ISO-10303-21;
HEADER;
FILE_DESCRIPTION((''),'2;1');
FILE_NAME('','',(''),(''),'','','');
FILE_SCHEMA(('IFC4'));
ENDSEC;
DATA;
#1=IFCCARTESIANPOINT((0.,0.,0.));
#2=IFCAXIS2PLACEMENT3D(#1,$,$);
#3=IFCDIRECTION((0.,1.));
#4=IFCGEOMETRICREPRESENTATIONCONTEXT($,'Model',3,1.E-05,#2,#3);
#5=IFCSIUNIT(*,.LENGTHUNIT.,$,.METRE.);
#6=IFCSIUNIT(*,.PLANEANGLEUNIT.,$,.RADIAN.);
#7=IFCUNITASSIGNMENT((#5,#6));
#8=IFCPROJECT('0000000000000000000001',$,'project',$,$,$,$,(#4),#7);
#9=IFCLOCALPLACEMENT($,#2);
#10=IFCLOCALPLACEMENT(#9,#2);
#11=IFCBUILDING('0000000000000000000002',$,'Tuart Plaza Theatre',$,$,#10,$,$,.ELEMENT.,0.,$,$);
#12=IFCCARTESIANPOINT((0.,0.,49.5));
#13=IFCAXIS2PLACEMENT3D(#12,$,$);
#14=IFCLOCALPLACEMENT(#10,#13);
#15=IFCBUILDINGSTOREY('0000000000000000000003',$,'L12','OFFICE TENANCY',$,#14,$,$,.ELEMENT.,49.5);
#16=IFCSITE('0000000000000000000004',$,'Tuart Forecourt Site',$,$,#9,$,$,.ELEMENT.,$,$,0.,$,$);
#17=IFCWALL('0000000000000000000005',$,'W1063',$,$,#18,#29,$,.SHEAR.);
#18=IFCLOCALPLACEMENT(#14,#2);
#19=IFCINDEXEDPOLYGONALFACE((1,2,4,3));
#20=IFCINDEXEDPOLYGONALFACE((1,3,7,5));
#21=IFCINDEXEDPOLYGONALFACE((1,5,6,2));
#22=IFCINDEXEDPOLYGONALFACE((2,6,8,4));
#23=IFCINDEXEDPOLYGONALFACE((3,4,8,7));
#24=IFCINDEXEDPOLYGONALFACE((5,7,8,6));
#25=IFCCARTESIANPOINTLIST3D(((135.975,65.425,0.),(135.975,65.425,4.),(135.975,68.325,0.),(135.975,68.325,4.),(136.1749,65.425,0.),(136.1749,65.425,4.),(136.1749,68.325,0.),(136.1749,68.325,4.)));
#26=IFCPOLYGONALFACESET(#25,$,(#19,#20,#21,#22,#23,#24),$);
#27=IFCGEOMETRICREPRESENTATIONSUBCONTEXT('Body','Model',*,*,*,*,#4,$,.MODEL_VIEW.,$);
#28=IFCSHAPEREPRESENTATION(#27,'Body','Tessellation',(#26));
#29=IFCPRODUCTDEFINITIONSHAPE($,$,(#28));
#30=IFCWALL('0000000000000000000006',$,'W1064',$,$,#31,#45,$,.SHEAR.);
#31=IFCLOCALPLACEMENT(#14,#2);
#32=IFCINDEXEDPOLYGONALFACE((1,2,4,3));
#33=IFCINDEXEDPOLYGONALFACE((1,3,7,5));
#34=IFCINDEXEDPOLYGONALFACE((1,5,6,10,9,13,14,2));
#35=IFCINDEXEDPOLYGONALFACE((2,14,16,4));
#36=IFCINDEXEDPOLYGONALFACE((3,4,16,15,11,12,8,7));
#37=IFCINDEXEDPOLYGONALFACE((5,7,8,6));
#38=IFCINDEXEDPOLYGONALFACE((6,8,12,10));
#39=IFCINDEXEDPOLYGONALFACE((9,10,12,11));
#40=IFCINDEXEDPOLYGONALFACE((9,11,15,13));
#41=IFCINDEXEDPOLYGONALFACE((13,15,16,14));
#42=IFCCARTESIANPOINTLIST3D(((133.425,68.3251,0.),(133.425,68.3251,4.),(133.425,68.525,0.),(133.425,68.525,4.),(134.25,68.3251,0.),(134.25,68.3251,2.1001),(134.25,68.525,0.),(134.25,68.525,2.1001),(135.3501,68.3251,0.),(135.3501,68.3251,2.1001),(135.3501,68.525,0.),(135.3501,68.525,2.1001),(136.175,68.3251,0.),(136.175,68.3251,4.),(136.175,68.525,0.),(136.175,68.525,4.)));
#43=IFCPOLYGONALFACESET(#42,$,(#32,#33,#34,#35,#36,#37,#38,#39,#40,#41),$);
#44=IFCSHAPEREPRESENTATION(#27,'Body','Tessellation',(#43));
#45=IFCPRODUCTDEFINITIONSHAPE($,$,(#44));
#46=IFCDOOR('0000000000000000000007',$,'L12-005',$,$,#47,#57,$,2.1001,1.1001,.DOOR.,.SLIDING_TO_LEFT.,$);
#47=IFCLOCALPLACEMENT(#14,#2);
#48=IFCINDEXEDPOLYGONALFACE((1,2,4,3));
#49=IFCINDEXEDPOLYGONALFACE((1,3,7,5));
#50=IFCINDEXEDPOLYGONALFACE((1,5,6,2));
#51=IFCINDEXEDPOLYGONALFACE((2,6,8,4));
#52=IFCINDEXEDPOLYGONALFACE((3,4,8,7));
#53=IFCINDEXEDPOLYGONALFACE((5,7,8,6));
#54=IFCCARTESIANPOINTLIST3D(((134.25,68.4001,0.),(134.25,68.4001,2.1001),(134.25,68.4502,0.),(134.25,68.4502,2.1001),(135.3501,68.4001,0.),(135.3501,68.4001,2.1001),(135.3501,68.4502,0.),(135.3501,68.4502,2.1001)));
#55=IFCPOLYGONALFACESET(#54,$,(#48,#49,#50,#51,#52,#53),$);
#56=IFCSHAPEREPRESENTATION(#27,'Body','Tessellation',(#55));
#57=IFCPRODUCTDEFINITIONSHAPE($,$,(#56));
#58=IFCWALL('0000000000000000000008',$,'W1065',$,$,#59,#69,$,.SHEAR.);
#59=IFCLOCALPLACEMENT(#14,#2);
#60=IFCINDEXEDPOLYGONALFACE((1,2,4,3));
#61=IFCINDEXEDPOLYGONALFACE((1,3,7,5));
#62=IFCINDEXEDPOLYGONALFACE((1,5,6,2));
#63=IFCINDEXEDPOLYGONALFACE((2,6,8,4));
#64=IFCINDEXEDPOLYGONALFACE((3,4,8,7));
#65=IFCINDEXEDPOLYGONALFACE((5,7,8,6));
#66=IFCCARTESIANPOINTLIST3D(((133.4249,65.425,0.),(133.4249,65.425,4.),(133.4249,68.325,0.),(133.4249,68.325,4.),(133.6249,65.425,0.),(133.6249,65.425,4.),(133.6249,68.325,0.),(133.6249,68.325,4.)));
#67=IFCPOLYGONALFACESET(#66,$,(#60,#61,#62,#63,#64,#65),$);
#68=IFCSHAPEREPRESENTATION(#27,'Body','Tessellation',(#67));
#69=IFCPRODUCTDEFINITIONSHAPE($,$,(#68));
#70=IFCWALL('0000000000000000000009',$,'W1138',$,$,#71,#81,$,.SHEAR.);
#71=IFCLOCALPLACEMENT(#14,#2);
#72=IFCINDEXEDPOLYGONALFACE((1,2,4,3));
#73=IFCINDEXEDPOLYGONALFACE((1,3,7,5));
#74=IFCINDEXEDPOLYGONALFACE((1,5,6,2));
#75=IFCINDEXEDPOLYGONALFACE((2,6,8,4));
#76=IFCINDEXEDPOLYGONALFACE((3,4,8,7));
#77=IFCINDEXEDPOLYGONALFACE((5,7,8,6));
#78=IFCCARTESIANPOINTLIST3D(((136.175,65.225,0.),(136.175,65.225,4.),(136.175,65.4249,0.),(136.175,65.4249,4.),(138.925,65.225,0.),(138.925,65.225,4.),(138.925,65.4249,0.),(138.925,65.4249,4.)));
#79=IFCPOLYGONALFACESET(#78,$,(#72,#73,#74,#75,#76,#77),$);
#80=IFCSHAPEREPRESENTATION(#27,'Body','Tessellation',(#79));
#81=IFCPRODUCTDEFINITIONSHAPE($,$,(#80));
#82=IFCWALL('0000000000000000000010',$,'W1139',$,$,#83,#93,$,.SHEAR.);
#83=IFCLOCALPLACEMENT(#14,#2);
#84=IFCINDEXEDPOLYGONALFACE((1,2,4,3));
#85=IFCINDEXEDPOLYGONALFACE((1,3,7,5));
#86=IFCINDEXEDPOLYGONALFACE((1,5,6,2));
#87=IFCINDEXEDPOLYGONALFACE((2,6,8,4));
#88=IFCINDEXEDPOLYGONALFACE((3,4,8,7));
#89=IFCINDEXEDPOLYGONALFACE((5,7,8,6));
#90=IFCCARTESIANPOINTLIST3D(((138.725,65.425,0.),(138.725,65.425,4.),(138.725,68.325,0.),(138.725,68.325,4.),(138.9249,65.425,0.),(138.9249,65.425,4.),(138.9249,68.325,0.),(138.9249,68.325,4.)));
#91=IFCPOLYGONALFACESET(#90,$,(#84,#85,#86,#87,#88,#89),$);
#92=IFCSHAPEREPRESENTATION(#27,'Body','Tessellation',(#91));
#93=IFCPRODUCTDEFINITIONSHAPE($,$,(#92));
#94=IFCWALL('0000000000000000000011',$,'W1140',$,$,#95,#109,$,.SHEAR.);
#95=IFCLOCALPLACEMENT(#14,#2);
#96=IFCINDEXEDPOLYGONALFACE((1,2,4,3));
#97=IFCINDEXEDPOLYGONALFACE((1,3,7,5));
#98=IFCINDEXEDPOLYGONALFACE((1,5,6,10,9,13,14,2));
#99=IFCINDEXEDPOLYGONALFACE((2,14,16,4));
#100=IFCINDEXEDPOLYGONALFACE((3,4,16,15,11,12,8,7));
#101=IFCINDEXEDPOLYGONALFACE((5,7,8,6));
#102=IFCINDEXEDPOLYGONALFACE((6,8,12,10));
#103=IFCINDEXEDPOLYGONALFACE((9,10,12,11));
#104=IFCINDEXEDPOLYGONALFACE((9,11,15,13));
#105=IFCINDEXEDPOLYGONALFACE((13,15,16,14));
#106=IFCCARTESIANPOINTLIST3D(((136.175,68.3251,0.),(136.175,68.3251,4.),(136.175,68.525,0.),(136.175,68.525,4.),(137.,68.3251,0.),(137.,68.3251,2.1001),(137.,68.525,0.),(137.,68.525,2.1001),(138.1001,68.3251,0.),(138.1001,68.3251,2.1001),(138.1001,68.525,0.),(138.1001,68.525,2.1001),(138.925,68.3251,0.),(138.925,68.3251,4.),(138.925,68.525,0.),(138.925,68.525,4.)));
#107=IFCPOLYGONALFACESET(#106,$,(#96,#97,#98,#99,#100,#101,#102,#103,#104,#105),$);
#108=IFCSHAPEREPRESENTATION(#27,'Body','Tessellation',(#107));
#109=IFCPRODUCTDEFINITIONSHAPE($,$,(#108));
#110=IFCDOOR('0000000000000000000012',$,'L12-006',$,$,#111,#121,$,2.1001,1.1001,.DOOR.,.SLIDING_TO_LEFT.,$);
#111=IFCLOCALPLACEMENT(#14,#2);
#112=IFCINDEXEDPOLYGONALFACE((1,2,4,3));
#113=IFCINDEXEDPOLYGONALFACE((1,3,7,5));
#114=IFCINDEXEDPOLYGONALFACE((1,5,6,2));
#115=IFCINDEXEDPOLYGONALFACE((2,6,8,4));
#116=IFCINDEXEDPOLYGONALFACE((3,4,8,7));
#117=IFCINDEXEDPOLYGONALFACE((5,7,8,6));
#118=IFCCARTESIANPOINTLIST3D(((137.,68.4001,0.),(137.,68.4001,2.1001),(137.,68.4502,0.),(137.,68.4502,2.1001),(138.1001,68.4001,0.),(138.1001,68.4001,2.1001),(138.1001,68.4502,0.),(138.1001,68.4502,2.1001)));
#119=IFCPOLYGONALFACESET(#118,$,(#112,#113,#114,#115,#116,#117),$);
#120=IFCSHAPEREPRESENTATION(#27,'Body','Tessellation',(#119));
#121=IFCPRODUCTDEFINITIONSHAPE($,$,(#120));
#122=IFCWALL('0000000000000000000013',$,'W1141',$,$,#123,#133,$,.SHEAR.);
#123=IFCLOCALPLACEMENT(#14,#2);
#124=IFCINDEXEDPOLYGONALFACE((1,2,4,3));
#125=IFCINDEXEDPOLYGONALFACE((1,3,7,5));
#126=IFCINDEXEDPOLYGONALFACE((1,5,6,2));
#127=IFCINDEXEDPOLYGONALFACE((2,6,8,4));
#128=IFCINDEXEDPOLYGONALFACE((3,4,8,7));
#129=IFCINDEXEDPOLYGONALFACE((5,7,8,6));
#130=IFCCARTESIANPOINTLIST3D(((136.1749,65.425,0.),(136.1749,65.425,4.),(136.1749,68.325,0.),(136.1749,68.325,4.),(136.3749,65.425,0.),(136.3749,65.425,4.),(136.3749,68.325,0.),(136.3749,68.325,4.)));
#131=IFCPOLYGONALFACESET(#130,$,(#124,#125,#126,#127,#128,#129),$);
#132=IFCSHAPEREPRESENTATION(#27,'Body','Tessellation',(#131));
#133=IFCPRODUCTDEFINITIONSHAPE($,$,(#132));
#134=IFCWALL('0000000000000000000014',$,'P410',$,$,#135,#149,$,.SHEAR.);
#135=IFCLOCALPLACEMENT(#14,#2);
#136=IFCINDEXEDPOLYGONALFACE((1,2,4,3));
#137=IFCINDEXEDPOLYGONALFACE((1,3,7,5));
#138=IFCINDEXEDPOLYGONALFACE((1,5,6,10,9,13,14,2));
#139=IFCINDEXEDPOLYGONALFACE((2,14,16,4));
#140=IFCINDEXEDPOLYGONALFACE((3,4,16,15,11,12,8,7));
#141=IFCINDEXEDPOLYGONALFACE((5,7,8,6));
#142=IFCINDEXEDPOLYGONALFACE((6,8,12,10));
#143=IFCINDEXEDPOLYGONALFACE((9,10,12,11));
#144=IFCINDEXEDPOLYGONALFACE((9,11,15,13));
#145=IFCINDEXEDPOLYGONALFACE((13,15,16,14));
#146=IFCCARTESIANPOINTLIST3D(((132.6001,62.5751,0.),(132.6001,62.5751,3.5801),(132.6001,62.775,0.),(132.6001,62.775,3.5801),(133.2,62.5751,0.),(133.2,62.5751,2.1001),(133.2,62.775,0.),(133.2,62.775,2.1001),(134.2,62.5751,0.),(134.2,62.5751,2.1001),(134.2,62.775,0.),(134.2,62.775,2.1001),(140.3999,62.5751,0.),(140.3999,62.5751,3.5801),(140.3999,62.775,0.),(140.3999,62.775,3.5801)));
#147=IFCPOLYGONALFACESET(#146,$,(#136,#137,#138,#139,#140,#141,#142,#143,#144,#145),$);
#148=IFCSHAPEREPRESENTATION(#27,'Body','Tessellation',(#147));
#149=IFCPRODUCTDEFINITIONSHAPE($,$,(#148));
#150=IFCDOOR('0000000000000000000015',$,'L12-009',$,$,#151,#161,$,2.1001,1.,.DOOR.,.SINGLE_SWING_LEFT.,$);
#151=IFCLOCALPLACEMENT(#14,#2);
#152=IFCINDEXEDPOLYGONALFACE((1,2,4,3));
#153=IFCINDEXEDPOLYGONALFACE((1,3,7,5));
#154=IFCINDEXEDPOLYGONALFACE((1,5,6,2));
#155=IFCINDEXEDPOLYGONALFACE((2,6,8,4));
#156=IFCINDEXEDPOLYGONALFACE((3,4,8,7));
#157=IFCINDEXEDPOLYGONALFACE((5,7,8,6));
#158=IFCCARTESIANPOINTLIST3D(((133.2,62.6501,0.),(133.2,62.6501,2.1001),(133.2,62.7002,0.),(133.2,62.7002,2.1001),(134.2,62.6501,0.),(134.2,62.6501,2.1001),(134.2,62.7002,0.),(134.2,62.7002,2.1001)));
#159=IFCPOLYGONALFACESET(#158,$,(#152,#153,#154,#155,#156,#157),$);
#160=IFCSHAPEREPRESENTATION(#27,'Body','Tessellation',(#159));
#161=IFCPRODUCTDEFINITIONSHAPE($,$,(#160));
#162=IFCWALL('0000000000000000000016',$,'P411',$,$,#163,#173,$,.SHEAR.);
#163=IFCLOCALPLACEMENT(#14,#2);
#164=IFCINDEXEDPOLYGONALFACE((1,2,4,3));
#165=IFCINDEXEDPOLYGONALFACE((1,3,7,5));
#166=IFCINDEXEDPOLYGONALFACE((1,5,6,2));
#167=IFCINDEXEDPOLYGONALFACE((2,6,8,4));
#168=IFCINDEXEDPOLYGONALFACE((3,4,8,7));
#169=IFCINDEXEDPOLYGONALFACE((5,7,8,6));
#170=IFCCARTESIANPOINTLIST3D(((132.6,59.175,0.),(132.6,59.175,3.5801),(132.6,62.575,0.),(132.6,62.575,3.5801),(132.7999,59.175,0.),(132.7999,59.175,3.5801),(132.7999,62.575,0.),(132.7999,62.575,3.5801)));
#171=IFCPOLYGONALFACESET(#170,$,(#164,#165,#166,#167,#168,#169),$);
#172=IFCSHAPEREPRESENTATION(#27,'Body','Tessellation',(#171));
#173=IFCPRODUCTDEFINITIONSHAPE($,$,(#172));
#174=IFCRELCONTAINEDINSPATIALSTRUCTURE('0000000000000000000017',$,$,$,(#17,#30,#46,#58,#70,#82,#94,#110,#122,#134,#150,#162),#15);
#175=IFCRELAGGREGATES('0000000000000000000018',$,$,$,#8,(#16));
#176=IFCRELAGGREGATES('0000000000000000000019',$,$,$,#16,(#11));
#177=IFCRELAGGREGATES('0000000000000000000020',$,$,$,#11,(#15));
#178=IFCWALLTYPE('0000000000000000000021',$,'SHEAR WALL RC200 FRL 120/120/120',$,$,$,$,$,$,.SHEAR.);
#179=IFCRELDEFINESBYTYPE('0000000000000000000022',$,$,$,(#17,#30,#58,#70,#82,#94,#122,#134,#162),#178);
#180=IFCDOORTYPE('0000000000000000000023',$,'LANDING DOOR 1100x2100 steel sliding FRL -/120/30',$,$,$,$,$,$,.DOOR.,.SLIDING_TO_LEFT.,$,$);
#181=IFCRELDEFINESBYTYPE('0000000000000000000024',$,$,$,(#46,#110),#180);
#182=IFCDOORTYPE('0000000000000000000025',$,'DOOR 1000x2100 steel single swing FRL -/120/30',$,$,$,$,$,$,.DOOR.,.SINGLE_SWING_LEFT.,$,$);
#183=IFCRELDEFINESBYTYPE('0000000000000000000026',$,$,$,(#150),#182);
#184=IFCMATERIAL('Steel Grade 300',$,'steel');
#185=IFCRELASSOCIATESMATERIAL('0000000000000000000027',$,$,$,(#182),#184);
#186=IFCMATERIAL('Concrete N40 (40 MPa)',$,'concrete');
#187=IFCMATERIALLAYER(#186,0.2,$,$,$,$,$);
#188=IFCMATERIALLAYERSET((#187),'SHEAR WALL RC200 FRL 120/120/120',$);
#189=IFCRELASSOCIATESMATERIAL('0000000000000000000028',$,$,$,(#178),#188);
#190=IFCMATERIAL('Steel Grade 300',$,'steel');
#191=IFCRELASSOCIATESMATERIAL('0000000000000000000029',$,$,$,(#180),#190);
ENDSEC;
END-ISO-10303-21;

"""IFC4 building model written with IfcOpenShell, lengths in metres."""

from ifc_helpers import new_model, si_unit, direction, frame, frame_2d, origin, place, context, subcontext, project, spatial, rectangle, extrude, material, layer, layer_set, type_object, element, fill, save


model = new_model("IFC4")

# Units and contexts
model_context = context("Model", 3, precision=1e-05, world=origin(), true_north=direction((0.0, 1.0)))
body_context = subcontext(model_context, "Body", "Model", "MODEL_VIEW")
ifc_project = project(units=[si_unit("LENGTHUNIT", "METRE"), si_unit("PLANEANGLEUNIT", "RADIAN")], contexts=[model_context])

# Site, building, storey
site_placement = place(None, origin())
site = spatial("IfcSite", under=ifc_project, at=site_placement, Name="Tuart Forecourt Site", CompositionType="ELEMENT", RefElevation=0.0)
building_placement = place(site_placement, origin())
building = spatial("IfcBuilding", under=site, at=building_placement, Name="Tuart Plaza Theatre", CompositionType="ELEMENT", ElevationOfRefHeight=0.0)
storey_placement = place(building_placement, frame((0.0, 0.0, 49.5)))
storey = spatial("IfcBuildingStorey", under=building, at=storey_placement, Name="L12", Description="OFFICE TENANCY", CompositionType="ELEMENT", Elevation=49.5)

# Shared definitions
ifc_material_1 = material(Name="Steel Grade 300", Category="steel")
door_type_1 = type_object("IfcDoorType", Name="DOOR 1000x2100 steel single swing FRL -/120/30", OperationType="SINGLE_SWING_LEFT", PredefinedType="DOOR", material=ifc_material_1)

# Wall
ifc_material_2 = material(Name="Concrete N40 (40 MPa)", Category="concrete")
ifc_layer_1 = layer(ifc_material_2, 0.2)
ifc_layer_set_1 = layer_set([ifc_layer_1], Name="SHEAR WALL RC200 FRL 120/120/120")
wall_type_1 = type_object("IfcWallType", Name="SHEAR WALL RC200 FRL 120/120/120", PredefinedType="SHEAR", material=ifc_layer_set_1)
wall_1_placement = place(storey_placement, frame((136.075, 65.425, 0.0), z_axis=(0.0, 0.0, 1.0), x_axis=(0.0, 1.0, 0.0)))
element("IfcWall", 1, at=wall_1_placement, inside=storey, type_object=wall_type_1, Name="W1063", PredefinedType="SHEAR", context=body_context, shape_type="SweptSolid", body=[
    extrude(rectangle(XDim=2.8999, YDim=0.2, at=frame_2d((1.45, 0.0))), origin(), (0.0, 0.0, 1.0), 4.0),
])

# Wall, opening, door
wall_2_placement = place(storey_placement, frame((136.175, 68.425, 0.0), z_axis=(0.0, 0.0, 1.0), x_axis=(-1.0, 0.0, 0.0)))
wall_2 = element("IfcWall", 2, at=wall_2_placement, inside=storey, type_object=wall_type_1, Name="W1064", PredefinedType="SHEAR", context=body_context, shape_type="SweptSolid", body=[
    extrude(rectangle(XDim=2.75, YDim=0.2, at=frame_2d((1.375, 0.0))), origin(), (0.0, 0.0, 1.0), 4.0),
])
opening_1_placement = place(wall_2_placement, frame((0.825, 0.0, 0.0)))
opening_1 = element("IfcOpeningElement", 3, at=opening_1_placement, cuts=wall_2, PredefinedType="OPENING", context=body_context, shape_type="SweptSolid", body=[
    extrude(rectangle(XDim=1.1001, YDim=2.1001, at=frame_2d((0.55, 1.05))), frame((0.0, 0.1099, 0.0), z_axis=(0.0, -1.0, 0.0), x_axis=(1.0, 0.0, 0.0)), (0.0, 0.0, 1.0), 0.22),
])
ifc_material_3 = material(Name="Steel Grade 300", Category="steel")
door_type_2 = type_object("IfcDoorType", Name="LANDING DOOR 1100x2100 steel sliding FRL -/120/30", OperationType="SLIDING_TO_LEFT", PredefinedType="DOOR", material=ifc_material_3)
door_1_placement = place(opening_1_placement, origin())
door_1 = element("IfcDoor", 4, at=door_1_placement, inside=storey, type_object=door_type_2, Name="L12-005", OperationType="SLIDING_TO_LEFT", OverallHeight=2.1001, OverallWidth=1.1001, PredefinedType="DOOR", context=body_context, shape_type="SweptSolid", body=[
    extrude(rectangle(XDim=1.1001, YDim=2.1001, at=frame_2d((0.55, 1.05))), frame((0.0, 0.0249, 0.0), z_axis=(0.0, -1.0, 0.0), x_axis=(1.0, 0.0, 0.0)), (0.0, 0.0, 1.0), 0.05),
])
fill(opening_1, door_1)

# Walls
wall_3_placement = place(storey_placement, frame((133.5249, 68.325, 0.0), z_axis=(0.0, 0.0, 1.0), x_axis=(0.0, -1.0, 0.0)))
element("IfcWall", 5, at=wall_3_placement, inside=storey, type_object=wall_type_1, Name="W1065", PredefinedType="SHEAR", context=body_context, shape_type="SweptSolid", body=[
    extrude(rectangle(XDim=2.8999, YDim=0.2, at=frame_2d((1.45, 0.0))), origin(), (0.0, 0.0, 1.0), 4.0),
])
wall_4_placement = place(storey_placement, frame((136.175, 65.325, 0.0), z_axis=(0.0, 0.0, 1.0), x_axis=(1.0, 0.0, 0.0)))
element("IfcWall", 6, at=wall_4_placement, inside=storey, type_object=wall_type_1, Name="W1138", PredefinedType="SHEAR", context=body_context, shape_type="SweptSolid", body=[
    extrude(rectangle(XDim=2.75, YDim=0.2, at=frame_2d((1.375, 0.0))), origin(), (0.0, 0.0, 1.0), 4.0),
])
wall_5_placement = place(storey_placement, frame((138.825, 65.425, 0.0), z_axis=(0.0, 0.0, 1.0), x_axis=(0.0, 1.0, 0.0)))
element("IfcWall", 7, at=wall_5_placement, inside=storey, type_object=wall_type_1, Name="W1139", PredefinedType="SHEAR", context=body_context, shape_type="SweptSolid", body=[
    extrude(rectangle(XDim=2.8999, YDim=0.2, at=frame_2d((1.45, 0.0))), origin(), (0.0, 0.0, 1.0), 4.0),
])

# Wall, opening, door
wall_6_placement = place(storey_placement, frame((138.925, 68.425, 0.0), z_axis=(0.0, 0.0, 1.0), x_axis=(-1.0, 0.0, 0.0)))
wall_6 = element("IfcWall", 8, at=wall_6_placement, inside=storey, type_object=wall_type_1, Name="W1140", PredefinedType="SHEAR", context=body_context, shape_type="SweptSolid", body=[
    extrude(rectangle(XDim=2.75, YDim=0.2, at=frame_2d((1.375, 0.0))), origin(), (0.0, 0.0, 1.0), 4.0),
])
opening_2_placement = place(wall_6_placement, frame((0.825, 0.0, 0.0)))
opening_2 = element("IfcOpeningElement", 9, at=opening_2_placement, cuts=wall_6, PredefinedType="OPENING", context=body_context, shape_type="SweptSolid", body=[
    extrude(rectangle(XDim=1.1001, YDim=2.1001, at=frame_2d((0.55, 1.05))), frame((0.0, 0.1099, 0.0), z_axis=(0.0, -1.0, 0.0), x_axis=(1.0, 0.0, 0.0)), (0.0, 0.0, 1.0), 0.22),
])
door_2_placement = place(opening_2_placement, origin())
door_2 = element("IfcDoor", 10, at=door_2_placement, inside=storey, type_object=door_type_2, Name="L12-006", OperationType="SLIDING_TO_LEFT", OverallHeight=2.1001, OverallWidth=1.1001, PredefinedType="DOOR", context=body_context, shape_type="SweptSolid", body=[
    extrude(rectangle(XDim=1.1001, YDim=2.1001, at=frame_2d((0.55, 1.05))), frame((0.0, 0.0249, 0.0), z_axis=(0.0, -1.0, 0.0), x_axis=(1.0, 0.0, 0.0)), (0.0, 0.0, 1.0), 0.05),
])
fill(opening_2, door_2)

# Wall
wall_7_placement = place(storey_placement, frame((136.2749, 68.325, 0.0), z_axis=(0.0, 0.0, 1.0), x_axis=(0.0, -1.0, 0.0)))
element("IfcWall", 11, at=wall_7_placement, inside=storey, type_object=wall_type_1, Name="W1141", PredefinedType="SHEAR", context=body_context, shape_type="SweptSolid", body=[
    extrude(rectangle(XDim=2.8999, YDim=0.2, at=frame_2d((1.45, 0.0))), origin(), (0.0, 0.0, 1.0), 4.0),
])

# Wall, opening, door
wall_8_placement = place(storey_placement, frame((140.3999, 62.675, 0.0), z_axis=(0.0, 0.0, 1.0), x_axis=(-1.0, 0.0, 0.0)))
wall_8 = element("IfcWall", 12, at=wall_8_placement, inside=storey, type_object=wall_type_1, Name="P410", PredefinedType="SHEAR", context=body_context, shape_type="SweptSolid", body=[
    extrude(rectangle(XDim=7.7998, YDim=0.2, at=frame_2d((3.8999, 0.0))), origin(), (0.0, 0.0, 1.0), 3.5801),
])
opening_3_placement = place(wall_8_placement, frame((6.2, 0.0, 0.0)))
opening_3 = element("IfcOpeningElement", 13, at=opening_3_placement, cuts=wall_8, PredefinedType="OPENING", context=body_context, shape_type="SweptSolid", body=[
    extrude(rectangle(XDim=1.0, YDim=2.1001, at=frame_2d((0.5, 1.05))), frame((0.0, 0.1099, 0.0), z_axis=(0.0, -1.0, 0.0), x_axis=(1.0, 0.0, 0.0)), (0.0, 0.0, 1.0), 0.22),
])
door_3_placement = place(opening_3_placement, origin())
door_3 = element("IfcDoor", 14, at=door_3_placement, inside=storey, type_object=door_type_1, Name="L12-009", OperationType="SINGLE_SWING_LEFT", OverallHeight=2.1001, OverallWidth=1.0, PredefinedType="DOOR", context=body_context, shape_type="SweptSolid", body=[
    extrude(rectangle(XDim=1.0, YDim=2.1001, at=frame_2d((0.5, 1.05))), frame((0.0, 0.0249, 0.0), z_axis=(0.0, -1.0, 0.0), x_axis=(1.0, 0.0, 0.0)), (0.0, 0.0, 1.0), 0.05),
])
fill(opening_3, door_3)

# Wall
wall_9_placement = place(storey_placement, frame((132.7, 62.575, 0.0), z_axis=(0.0, 0.0, 1.0), x_axis=(0.0, -1.0, 0.0)))
element("IfcWall", 15, at=wall_9_placement, inside=storey, type_object=wall_type_1, Name="P411", PredefinedType="SHEAR", context=body_context, shape_type="SweptSolid", body=[
    extrude(rectangle(XDim=3.3999, YDim=0.2, at=frame_2d((1.7, 0.0))), origin(), (0.0, 0.0, 1.0), 3.5801),
])

save(model, "model.ifc")
